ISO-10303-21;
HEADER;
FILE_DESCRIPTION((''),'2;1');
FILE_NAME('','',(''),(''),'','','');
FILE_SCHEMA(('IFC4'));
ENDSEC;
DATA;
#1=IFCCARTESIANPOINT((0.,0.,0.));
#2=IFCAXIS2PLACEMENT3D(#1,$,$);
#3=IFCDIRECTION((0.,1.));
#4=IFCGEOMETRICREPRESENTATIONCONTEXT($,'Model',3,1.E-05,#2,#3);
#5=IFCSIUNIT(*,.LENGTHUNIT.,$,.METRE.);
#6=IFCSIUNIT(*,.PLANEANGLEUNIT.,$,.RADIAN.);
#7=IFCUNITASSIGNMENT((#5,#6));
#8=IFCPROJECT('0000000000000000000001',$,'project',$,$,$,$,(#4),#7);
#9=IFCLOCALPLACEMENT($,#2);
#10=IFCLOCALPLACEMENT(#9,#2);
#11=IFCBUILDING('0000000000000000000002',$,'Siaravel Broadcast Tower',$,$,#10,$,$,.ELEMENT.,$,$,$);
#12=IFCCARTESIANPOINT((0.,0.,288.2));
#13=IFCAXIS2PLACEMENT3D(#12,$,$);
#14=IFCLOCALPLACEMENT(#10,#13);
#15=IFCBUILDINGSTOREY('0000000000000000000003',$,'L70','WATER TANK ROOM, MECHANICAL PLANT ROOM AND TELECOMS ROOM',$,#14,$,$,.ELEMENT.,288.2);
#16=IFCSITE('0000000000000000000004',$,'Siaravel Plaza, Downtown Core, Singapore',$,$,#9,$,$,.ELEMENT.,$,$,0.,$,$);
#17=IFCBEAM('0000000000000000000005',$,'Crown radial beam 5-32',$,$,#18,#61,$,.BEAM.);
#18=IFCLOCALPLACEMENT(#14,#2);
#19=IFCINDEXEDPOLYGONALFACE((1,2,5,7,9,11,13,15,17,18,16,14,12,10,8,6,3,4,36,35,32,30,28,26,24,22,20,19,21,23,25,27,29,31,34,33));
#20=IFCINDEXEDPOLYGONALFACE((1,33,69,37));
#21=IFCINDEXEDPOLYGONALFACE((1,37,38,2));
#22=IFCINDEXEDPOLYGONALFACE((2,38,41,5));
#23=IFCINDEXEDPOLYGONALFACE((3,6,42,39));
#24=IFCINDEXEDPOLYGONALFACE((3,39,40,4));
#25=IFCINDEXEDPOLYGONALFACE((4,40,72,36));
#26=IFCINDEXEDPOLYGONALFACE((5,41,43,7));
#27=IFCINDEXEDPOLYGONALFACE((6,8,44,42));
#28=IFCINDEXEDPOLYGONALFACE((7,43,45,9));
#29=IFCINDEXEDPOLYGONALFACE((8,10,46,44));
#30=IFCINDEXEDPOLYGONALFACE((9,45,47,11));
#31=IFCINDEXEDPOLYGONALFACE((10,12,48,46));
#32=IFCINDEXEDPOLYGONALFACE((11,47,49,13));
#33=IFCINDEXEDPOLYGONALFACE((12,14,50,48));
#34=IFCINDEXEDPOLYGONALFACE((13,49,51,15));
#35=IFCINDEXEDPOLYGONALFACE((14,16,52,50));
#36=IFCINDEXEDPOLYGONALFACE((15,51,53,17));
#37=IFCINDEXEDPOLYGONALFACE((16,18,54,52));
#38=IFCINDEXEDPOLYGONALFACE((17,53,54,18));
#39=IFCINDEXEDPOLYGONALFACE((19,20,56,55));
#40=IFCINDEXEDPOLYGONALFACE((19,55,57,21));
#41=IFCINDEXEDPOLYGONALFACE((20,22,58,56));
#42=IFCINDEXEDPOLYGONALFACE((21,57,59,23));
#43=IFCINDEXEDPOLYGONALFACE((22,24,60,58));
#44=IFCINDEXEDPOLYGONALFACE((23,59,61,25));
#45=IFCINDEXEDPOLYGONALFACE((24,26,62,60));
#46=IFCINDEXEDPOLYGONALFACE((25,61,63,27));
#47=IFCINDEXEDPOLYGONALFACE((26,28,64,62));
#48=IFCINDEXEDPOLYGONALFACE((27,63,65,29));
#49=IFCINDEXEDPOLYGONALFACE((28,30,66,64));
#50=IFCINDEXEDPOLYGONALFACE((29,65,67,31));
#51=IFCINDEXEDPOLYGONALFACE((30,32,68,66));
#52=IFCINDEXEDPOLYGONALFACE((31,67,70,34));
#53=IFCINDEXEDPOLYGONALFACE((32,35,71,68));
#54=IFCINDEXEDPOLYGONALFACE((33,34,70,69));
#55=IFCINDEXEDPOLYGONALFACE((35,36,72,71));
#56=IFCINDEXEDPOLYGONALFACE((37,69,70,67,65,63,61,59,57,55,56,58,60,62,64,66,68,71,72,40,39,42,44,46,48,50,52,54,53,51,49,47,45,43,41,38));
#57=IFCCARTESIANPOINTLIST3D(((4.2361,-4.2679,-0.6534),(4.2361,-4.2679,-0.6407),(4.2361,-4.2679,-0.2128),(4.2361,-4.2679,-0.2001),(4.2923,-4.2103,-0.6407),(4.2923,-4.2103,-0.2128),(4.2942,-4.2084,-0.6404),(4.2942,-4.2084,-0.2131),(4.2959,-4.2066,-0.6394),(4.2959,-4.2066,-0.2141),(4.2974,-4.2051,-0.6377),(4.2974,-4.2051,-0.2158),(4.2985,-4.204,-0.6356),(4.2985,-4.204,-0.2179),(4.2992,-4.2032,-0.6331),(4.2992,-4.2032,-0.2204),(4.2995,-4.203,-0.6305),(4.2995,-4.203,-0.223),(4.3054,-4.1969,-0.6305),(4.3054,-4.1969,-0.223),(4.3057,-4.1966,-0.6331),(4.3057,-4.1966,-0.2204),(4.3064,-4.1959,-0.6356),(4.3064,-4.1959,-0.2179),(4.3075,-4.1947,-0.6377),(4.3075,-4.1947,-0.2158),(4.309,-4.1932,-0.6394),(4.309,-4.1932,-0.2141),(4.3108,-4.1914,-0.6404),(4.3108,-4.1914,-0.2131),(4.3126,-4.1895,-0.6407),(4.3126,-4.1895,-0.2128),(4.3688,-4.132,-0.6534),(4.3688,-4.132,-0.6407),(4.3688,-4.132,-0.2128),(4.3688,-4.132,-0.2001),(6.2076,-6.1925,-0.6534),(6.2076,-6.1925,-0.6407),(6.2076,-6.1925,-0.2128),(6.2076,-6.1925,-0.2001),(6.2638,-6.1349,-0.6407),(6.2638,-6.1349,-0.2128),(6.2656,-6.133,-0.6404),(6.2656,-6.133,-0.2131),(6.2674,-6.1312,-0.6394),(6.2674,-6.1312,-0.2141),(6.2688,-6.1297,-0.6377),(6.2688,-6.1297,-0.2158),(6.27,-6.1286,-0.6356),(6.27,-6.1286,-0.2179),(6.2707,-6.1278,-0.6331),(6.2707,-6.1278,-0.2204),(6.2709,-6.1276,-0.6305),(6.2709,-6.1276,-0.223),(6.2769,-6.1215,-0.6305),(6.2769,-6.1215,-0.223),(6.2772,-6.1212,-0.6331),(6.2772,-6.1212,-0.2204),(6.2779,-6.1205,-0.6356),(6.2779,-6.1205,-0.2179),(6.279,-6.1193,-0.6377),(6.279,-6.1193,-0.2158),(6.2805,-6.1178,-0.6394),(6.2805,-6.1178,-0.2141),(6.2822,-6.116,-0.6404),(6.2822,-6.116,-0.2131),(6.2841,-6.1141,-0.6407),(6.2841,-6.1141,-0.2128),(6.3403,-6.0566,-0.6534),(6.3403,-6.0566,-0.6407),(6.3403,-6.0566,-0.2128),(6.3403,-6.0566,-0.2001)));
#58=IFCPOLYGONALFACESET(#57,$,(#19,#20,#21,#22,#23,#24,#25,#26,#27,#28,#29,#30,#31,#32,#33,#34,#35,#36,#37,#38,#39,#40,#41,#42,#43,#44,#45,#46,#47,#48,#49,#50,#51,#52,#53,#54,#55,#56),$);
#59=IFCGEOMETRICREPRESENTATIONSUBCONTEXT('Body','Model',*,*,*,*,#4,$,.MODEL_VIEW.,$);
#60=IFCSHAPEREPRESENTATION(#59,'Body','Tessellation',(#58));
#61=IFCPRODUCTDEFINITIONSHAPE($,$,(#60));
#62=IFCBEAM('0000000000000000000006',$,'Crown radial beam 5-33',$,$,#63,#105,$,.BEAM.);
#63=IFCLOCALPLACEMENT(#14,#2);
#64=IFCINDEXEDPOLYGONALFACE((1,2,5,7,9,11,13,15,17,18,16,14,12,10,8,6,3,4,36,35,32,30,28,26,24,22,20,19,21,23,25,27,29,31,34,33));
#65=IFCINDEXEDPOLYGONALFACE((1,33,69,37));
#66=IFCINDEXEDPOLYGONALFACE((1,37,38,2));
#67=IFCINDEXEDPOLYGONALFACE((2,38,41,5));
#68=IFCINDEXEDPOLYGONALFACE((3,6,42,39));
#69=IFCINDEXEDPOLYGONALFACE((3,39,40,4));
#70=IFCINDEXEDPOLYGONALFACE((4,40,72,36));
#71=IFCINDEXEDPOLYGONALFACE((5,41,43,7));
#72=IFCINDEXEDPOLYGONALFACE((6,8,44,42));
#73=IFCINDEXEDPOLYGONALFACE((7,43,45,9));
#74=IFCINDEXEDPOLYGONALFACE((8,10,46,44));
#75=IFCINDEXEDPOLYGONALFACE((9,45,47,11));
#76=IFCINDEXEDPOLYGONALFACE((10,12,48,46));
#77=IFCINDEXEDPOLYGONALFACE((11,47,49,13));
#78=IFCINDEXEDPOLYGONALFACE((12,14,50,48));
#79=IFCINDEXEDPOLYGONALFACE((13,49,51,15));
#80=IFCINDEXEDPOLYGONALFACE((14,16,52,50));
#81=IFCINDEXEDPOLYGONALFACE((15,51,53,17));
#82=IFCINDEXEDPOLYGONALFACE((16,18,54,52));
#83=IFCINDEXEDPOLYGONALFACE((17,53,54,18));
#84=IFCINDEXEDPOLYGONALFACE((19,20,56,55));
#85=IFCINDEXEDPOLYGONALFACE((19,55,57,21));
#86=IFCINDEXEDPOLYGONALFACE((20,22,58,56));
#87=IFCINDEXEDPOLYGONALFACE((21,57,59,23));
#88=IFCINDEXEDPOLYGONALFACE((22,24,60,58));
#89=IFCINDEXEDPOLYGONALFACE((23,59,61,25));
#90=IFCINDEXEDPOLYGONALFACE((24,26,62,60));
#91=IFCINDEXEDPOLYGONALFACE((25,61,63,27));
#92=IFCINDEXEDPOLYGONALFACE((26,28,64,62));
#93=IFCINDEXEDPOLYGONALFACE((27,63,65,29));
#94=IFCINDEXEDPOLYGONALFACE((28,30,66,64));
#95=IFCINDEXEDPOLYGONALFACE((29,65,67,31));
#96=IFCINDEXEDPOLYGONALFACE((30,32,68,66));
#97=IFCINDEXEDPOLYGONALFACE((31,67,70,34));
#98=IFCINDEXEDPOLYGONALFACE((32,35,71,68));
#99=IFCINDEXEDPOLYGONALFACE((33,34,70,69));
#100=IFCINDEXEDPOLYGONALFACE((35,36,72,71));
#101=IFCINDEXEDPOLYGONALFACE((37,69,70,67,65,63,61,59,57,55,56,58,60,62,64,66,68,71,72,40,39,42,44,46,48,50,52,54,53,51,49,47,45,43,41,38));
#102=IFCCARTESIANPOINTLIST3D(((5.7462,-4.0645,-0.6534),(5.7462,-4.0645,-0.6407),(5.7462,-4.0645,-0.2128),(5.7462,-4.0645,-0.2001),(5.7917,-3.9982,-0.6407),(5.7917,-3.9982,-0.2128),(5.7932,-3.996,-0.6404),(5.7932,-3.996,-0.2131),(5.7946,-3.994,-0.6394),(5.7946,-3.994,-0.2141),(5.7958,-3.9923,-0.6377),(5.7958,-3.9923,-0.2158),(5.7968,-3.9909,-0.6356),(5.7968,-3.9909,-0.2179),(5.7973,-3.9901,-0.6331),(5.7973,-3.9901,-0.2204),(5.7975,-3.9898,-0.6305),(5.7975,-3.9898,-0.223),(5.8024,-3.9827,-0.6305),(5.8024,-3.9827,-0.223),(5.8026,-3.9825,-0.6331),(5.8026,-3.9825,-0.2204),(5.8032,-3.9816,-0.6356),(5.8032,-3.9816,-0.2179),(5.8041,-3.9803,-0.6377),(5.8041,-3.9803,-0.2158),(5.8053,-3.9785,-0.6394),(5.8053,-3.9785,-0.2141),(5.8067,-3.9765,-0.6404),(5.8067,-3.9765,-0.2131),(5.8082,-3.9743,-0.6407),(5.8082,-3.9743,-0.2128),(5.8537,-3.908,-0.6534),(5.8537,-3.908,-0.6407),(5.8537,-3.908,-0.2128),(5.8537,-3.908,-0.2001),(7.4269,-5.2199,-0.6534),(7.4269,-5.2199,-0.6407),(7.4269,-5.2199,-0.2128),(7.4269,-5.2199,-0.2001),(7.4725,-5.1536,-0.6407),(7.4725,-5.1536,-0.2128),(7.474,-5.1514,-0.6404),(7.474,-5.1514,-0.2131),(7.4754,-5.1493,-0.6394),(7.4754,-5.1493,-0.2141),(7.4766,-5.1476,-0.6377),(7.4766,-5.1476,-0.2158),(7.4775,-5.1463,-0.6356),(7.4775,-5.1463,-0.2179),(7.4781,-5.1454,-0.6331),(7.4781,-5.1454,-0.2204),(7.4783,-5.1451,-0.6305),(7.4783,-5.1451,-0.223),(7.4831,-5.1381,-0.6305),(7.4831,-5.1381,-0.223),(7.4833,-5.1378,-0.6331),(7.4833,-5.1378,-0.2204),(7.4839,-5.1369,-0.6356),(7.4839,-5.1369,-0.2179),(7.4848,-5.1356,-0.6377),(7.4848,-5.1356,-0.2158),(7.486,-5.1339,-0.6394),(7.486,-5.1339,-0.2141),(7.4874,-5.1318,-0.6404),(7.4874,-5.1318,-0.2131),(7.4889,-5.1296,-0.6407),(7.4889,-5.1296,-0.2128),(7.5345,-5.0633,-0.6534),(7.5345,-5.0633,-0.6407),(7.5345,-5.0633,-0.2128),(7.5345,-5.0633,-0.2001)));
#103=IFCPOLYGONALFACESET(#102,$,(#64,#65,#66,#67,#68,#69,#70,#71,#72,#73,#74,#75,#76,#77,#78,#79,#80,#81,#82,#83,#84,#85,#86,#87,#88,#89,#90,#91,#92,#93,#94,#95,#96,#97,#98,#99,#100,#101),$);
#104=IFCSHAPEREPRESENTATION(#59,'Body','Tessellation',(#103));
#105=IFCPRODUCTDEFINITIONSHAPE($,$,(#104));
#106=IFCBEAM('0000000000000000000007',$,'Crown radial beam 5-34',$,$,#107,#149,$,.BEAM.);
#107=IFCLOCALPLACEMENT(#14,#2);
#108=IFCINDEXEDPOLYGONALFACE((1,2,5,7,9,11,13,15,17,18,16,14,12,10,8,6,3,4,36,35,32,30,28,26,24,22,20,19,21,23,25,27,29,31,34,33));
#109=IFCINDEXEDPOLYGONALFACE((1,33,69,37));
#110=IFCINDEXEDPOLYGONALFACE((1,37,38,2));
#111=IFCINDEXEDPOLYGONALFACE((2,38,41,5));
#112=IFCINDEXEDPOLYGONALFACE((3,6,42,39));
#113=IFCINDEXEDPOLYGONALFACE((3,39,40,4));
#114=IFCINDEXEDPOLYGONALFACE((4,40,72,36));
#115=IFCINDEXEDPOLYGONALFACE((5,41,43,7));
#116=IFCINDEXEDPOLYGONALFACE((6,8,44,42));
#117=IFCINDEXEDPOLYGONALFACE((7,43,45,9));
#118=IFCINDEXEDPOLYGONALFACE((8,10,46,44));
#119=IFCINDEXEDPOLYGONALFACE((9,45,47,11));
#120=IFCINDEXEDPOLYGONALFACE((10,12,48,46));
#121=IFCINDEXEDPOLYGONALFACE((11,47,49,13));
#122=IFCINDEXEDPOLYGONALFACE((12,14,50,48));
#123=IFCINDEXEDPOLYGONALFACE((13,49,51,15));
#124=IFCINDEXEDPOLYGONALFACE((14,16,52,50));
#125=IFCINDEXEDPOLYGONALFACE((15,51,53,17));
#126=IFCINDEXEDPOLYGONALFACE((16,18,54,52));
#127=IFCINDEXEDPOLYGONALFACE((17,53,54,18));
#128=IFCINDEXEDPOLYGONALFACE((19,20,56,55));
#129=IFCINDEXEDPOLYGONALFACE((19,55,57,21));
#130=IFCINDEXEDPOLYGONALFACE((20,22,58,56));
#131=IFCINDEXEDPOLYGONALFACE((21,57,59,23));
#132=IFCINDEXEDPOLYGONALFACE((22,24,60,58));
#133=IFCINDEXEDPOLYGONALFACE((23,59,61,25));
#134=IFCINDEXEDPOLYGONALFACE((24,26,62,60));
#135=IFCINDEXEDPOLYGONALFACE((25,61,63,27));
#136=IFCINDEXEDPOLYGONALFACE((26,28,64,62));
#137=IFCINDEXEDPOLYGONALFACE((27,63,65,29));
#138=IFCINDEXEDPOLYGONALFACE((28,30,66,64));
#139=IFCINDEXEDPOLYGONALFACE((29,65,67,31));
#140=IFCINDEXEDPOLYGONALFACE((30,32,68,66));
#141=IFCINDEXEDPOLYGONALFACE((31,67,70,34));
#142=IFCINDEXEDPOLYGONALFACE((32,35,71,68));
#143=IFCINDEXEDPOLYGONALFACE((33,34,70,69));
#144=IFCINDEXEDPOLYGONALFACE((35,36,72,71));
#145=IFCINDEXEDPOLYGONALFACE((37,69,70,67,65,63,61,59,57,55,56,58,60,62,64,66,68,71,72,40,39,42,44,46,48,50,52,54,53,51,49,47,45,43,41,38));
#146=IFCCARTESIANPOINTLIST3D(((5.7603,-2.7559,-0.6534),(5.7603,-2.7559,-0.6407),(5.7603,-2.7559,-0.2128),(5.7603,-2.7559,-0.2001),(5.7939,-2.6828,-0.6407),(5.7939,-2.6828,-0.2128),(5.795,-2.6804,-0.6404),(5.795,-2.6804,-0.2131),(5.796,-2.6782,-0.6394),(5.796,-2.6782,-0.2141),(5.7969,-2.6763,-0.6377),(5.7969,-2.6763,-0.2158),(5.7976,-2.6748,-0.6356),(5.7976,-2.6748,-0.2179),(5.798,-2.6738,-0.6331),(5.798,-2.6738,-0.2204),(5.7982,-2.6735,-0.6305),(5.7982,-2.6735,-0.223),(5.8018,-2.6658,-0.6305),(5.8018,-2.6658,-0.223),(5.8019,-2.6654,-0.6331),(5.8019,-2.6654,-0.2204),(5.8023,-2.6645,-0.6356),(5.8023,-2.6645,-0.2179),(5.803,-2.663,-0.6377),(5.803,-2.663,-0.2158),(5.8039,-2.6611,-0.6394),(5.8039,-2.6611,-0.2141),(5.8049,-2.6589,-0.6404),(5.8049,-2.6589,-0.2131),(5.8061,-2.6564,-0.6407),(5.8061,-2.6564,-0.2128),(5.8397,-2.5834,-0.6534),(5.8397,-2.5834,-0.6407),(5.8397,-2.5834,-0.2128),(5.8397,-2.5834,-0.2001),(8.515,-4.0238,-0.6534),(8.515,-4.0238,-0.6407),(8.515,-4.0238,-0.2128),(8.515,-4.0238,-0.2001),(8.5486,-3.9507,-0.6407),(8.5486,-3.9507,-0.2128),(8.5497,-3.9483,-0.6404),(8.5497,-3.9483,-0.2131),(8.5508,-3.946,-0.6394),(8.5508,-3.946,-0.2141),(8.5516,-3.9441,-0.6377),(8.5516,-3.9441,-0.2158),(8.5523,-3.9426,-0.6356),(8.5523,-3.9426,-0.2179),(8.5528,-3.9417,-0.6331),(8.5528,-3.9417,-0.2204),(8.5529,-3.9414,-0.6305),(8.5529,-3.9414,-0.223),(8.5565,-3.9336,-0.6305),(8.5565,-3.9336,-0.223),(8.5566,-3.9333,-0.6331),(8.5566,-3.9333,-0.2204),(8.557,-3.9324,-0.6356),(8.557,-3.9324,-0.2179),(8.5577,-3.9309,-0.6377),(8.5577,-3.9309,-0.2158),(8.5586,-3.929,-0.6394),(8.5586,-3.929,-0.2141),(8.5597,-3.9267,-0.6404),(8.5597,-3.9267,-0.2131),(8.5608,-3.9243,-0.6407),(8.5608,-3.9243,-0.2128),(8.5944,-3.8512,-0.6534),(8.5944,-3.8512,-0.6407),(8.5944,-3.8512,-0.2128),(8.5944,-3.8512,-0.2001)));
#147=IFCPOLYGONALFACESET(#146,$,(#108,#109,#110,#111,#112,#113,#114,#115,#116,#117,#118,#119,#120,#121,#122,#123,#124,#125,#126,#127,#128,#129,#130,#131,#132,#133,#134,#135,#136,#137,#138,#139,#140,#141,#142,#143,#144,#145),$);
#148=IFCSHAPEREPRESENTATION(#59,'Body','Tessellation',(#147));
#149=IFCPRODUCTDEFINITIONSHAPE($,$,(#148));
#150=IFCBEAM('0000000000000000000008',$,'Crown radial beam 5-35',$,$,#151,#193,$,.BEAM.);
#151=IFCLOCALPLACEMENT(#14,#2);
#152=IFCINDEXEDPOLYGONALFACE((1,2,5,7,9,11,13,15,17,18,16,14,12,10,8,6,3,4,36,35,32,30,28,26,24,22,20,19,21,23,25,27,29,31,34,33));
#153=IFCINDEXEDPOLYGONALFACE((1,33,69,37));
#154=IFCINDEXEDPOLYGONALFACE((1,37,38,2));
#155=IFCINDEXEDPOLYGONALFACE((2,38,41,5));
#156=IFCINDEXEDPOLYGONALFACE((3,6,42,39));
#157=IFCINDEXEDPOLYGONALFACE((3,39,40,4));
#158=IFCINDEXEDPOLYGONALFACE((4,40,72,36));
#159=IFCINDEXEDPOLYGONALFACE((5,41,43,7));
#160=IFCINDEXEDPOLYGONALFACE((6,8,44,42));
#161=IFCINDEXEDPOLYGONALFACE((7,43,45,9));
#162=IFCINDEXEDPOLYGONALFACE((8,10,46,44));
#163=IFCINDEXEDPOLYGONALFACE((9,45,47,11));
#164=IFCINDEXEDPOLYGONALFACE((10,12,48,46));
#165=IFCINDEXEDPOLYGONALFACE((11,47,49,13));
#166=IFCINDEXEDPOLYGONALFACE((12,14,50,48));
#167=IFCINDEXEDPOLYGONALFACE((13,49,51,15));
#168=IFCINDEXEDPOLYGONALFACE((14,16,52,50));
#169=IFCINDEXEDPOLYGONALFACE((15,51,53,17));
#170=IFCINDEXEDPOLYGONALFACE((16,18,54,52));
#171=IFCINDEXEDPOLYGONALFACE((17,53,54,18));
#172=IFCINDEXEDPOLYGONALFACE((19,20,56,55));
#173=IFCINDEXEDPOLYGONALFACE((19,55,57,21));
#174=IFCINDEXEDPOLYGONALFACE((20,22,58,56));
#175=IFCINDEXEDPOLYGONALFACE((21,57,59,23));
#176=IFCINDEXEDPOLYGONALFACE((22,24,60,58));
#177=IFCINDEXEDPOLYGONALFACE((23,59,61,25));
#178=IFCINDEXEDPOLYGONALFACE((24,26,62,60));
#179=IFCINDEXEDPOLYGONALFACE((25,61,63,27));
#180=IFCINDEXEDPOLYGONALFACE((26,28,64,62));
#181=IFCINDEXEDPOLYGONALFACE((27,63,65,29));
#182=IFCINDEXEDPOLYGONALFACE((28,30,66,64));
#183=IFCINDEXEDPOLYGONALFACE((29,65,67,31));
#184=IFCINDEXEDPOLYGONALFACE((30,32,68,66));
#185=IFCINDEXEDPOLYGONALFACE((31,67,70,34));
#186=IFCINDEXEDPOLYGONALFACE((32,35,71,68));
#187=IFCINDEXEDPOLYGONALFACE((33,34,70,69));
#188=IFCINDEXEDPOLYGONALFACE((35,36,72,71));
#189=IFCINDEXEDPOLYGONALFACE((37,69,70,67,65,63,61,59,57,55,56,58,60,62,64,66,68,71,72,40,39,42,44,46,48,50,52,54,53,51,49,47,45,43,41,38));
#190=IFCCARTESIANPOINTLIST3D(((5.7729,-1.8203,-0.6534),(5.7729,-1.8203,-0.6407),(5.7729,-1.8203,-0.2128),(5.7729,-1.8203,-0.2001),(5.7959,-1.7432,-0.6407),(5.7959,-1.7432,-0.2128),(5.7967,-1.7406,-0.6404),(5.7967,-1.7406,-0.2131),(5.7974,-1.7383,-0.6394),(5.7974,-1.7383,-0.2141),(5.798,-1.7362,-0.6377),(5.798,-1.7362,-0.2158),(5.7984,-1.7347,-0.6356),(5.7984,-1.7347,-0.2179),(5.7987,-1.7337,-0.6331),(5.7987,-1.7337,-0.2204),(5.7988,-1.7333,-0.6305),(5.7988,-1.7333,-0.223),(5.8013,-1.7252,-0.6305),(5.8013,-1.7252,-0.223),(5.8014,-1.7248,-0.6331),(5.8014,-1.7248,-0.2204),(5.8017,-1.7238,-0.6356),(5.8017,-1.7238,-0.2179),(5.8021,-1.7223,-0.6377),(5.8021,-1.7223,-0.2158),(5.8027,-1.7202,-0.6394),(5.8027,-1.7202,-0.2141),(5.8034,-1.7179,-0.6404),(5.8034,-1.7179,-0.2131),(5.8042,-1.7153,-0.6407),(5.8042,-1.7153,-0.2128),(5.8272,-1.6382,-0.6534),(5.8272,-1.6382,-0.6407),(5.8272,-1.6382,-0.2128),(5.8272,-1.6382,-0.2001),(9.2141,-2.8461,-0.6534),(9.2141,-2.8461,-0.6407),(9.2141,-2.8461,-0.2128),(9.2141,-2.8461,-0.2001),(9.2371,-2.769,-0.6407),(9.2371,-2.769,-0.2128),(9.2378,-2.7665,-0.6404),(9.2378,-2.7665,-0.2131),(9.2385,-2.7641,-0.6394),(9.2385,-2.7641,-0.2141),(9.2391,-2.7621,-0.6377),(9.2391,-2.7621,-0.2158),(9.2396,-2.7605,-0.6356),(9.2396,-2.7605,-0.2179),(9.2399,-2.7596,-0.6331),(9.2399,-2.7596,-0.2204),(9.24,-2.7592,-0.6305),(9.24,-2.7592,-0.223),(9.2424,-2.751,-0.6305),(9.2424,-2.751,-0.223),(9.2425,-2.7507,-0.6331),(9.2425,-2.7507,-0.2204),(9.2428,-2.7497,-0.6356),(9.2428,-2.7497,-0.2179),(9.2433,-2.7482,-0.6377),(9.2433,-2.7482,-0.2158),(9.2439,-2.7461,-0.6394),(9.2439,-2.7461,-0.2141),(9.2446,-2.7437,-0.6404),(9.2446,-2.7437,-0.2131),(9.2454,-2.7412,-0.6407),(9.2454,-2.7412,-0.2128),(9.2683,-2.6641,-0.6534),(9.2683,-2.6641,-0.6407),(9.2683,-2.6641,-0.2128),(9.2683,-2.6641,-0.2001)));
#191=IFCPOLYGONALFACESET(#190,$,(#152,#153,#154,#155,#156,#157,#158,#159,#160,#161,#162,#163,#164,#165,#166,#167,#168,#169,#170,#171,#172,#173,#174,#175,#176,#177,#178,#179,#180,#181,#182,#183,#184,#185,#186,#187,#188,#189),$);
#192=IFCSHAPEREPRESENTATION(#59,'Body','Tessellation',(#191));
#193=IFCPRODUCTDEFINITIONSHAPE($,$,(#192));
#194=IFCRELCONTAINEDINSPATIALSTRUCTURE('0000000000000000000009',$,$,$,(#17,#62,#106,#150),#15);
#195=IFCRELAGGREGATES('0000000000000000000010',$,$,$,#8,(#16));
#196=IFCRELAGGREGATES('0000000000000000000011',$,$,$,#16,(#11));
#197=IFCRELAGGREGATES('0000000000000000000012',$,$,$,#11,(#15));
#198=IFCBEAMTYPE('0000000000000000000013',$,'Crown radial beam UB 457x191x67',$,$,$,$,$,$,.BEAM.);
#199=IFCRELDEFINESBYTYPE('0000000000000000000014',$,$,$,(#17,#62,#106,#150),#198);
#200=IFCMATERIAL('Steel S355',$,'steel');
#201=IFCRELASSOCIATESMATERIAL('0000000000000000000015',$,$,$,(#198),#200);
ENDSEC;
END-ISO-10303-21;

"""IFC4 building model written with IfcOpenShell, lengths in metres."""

from ifc_helpers import new_model, si_unit, direction, frame, origin, origin_2d, place, context, subcontext, project, spatial, i_section, extrude, material, material_profile, profile_set, type_object, element, save


model = new_model("IFC4")

# Units and contexts
model_context = context("Model", 3, precision=1e-05, world=origin(), true_north=direction((0.0, 1.0)))
body_context = subcontext(model_context, "Body", "Model", "MODEL_VIEW")
ifc_project = project(units=[si_unit("LENGTHUNIT", "METRE"), si_unit("PLANEANGLEUNIT", "RADIAN")], contexts=[model_context])

# Site, building, storey
site_placement = place(None, origin())
site = spatial("IfcSite", under=ifc_project, at=site_placement, Name="Siaravel Plaza, Downtown Core, Singapore", CompositionType="ELEMENT", RefElevation=0.0)
building_placement = place(site_placement, origin())
building = spatial("IfcBuilding", under=site, at=building_placement, Name="Siaravel Broadcast Tower", CompositionType="ELEMENT")
storey_placement = place(building_placement, frame((0.0, 0.0, 288.2)))
storey = spatial("IfcBuildingStorey", under=building, at=storey_placement, Name="L70", Description="WATER TANK ROOM, MECHANICAL PLANT ROOM AND TELECOMS ROOM", CompositionType="ELEMENT", Elevation=288.2)

# Beams
ifc_material_1 = material(Name="Steel S355", Category="steel")
ifc_material_profile_1 = material_profile(ifc_material_1, i_section(OverallWidth=0.1899, OverallDepth=0.4534, WebThickness=0.0085, FlangeThickness=0.0127, FilletRadius=0.0103, at=origin_2d()))
ifc_profile_set_1 = profile_set([ifc_material_profile_1], Name="Steel S355")
beam_type_1 = type_object("IfcBeamType", Name="Crown radial beam UB 457x191x67", PredefinedType="BEAM", material=ifc_profile_set_1)
beam_1_placement = place(storey_placement, frame((6.2739, -6.1245, -0.4268), z_axis=(-0.715563, 0.698549, 0.0), x_axis=(-0.698549, -0.715563, 0.0)))
element("IfcBeam", 1, at=beam_1_placement, inside=storey, type_object=beam_type_1, Name="Crown radial beam 5-32", PredefinedType="BEAM", context=body_context, shape_type="SweptSolid", body=[
    extrude(i_section(OverallWidth=0.1899, OverallDepth=0.4534, WebThickness=0.0085, FlangeThickness=0.0127, FilletRadius=0.0103, at=origin_2d()), origin(), (0.0, 0.0, 1.0), 2.7551),
])
beam_2_placement = place(storey_placement, frame((7.4807, -5.1416, -0.4268), z_axis=(-0.824084, 0.566468, 0.0), x_axis=(-0.566468, -0.824084, 0.0)))
element("IfcBeam", 2, at=beam_2_placement, inside=storey, type_object=beam_type_1, Name="Crown radial beam 5-33", PredefinedType="BEAM", context=body_context, shape_type="SweptSolid", body=[
    extrude(i_section(OverallWidth=0.1899, OverallDepth=0.4534, WebThickness=0.0085, FlangeThickness=0.0127, FilletRadius=0.0103, at=origin_2d()), origin(), (0.0, 0.0, 1.0), 2.0396),
])
beam_3_placement = place(storey_placement, frame((8.5547, -3.9375, -0.4268), z_axis=(-0.908404, 0.418093, 0.0), x_axis=(-0.418093, -0.908404, 0.0)))
element("IfcBeam", 3, at=beam_3_placement, inside=storey, type_object=beam_type_1, Name="Crown radial beam 5-34", PredefinedType="BEAM", context=body_context, shape_type="SweptSolid", body=[
    extrude(i_section(OverallWidth=0.1899, OverallDepth=0.4534, WebThickness=0.0085, FlangeThickness=0.0127, FilletRadius=0.0103, at=origin_2d()), origin(), (0.0, 0.0, 1.0), 3.0325),
])
beam_4_placement = place(storey_placement, frame((9.2412, -2.7551, -0.4268), z_axis=(-0.958321, 0.285694, 0.0), x_axis=(-0.285694, -0.958321, 0.0)))
element("IfcBeam", 4, at=beam_4_placement, inside=storey, type_object=beam_type_1, Name="Crown radial beam 5-35", PredefinedType="BEAM", context=body_context, shape_type="SweptSolid", body=[
    extrude(i_section(OverallWidth=0.1899, OverallDepth=0.4534, WebThickness=0.0085, FlangeThickness=0.0127, FilletRadius=0.0103, at=origin_2d()), origin(), (0.0, 0.0, 1.0), 3.5908),
])

save(model, "model.ifc")
